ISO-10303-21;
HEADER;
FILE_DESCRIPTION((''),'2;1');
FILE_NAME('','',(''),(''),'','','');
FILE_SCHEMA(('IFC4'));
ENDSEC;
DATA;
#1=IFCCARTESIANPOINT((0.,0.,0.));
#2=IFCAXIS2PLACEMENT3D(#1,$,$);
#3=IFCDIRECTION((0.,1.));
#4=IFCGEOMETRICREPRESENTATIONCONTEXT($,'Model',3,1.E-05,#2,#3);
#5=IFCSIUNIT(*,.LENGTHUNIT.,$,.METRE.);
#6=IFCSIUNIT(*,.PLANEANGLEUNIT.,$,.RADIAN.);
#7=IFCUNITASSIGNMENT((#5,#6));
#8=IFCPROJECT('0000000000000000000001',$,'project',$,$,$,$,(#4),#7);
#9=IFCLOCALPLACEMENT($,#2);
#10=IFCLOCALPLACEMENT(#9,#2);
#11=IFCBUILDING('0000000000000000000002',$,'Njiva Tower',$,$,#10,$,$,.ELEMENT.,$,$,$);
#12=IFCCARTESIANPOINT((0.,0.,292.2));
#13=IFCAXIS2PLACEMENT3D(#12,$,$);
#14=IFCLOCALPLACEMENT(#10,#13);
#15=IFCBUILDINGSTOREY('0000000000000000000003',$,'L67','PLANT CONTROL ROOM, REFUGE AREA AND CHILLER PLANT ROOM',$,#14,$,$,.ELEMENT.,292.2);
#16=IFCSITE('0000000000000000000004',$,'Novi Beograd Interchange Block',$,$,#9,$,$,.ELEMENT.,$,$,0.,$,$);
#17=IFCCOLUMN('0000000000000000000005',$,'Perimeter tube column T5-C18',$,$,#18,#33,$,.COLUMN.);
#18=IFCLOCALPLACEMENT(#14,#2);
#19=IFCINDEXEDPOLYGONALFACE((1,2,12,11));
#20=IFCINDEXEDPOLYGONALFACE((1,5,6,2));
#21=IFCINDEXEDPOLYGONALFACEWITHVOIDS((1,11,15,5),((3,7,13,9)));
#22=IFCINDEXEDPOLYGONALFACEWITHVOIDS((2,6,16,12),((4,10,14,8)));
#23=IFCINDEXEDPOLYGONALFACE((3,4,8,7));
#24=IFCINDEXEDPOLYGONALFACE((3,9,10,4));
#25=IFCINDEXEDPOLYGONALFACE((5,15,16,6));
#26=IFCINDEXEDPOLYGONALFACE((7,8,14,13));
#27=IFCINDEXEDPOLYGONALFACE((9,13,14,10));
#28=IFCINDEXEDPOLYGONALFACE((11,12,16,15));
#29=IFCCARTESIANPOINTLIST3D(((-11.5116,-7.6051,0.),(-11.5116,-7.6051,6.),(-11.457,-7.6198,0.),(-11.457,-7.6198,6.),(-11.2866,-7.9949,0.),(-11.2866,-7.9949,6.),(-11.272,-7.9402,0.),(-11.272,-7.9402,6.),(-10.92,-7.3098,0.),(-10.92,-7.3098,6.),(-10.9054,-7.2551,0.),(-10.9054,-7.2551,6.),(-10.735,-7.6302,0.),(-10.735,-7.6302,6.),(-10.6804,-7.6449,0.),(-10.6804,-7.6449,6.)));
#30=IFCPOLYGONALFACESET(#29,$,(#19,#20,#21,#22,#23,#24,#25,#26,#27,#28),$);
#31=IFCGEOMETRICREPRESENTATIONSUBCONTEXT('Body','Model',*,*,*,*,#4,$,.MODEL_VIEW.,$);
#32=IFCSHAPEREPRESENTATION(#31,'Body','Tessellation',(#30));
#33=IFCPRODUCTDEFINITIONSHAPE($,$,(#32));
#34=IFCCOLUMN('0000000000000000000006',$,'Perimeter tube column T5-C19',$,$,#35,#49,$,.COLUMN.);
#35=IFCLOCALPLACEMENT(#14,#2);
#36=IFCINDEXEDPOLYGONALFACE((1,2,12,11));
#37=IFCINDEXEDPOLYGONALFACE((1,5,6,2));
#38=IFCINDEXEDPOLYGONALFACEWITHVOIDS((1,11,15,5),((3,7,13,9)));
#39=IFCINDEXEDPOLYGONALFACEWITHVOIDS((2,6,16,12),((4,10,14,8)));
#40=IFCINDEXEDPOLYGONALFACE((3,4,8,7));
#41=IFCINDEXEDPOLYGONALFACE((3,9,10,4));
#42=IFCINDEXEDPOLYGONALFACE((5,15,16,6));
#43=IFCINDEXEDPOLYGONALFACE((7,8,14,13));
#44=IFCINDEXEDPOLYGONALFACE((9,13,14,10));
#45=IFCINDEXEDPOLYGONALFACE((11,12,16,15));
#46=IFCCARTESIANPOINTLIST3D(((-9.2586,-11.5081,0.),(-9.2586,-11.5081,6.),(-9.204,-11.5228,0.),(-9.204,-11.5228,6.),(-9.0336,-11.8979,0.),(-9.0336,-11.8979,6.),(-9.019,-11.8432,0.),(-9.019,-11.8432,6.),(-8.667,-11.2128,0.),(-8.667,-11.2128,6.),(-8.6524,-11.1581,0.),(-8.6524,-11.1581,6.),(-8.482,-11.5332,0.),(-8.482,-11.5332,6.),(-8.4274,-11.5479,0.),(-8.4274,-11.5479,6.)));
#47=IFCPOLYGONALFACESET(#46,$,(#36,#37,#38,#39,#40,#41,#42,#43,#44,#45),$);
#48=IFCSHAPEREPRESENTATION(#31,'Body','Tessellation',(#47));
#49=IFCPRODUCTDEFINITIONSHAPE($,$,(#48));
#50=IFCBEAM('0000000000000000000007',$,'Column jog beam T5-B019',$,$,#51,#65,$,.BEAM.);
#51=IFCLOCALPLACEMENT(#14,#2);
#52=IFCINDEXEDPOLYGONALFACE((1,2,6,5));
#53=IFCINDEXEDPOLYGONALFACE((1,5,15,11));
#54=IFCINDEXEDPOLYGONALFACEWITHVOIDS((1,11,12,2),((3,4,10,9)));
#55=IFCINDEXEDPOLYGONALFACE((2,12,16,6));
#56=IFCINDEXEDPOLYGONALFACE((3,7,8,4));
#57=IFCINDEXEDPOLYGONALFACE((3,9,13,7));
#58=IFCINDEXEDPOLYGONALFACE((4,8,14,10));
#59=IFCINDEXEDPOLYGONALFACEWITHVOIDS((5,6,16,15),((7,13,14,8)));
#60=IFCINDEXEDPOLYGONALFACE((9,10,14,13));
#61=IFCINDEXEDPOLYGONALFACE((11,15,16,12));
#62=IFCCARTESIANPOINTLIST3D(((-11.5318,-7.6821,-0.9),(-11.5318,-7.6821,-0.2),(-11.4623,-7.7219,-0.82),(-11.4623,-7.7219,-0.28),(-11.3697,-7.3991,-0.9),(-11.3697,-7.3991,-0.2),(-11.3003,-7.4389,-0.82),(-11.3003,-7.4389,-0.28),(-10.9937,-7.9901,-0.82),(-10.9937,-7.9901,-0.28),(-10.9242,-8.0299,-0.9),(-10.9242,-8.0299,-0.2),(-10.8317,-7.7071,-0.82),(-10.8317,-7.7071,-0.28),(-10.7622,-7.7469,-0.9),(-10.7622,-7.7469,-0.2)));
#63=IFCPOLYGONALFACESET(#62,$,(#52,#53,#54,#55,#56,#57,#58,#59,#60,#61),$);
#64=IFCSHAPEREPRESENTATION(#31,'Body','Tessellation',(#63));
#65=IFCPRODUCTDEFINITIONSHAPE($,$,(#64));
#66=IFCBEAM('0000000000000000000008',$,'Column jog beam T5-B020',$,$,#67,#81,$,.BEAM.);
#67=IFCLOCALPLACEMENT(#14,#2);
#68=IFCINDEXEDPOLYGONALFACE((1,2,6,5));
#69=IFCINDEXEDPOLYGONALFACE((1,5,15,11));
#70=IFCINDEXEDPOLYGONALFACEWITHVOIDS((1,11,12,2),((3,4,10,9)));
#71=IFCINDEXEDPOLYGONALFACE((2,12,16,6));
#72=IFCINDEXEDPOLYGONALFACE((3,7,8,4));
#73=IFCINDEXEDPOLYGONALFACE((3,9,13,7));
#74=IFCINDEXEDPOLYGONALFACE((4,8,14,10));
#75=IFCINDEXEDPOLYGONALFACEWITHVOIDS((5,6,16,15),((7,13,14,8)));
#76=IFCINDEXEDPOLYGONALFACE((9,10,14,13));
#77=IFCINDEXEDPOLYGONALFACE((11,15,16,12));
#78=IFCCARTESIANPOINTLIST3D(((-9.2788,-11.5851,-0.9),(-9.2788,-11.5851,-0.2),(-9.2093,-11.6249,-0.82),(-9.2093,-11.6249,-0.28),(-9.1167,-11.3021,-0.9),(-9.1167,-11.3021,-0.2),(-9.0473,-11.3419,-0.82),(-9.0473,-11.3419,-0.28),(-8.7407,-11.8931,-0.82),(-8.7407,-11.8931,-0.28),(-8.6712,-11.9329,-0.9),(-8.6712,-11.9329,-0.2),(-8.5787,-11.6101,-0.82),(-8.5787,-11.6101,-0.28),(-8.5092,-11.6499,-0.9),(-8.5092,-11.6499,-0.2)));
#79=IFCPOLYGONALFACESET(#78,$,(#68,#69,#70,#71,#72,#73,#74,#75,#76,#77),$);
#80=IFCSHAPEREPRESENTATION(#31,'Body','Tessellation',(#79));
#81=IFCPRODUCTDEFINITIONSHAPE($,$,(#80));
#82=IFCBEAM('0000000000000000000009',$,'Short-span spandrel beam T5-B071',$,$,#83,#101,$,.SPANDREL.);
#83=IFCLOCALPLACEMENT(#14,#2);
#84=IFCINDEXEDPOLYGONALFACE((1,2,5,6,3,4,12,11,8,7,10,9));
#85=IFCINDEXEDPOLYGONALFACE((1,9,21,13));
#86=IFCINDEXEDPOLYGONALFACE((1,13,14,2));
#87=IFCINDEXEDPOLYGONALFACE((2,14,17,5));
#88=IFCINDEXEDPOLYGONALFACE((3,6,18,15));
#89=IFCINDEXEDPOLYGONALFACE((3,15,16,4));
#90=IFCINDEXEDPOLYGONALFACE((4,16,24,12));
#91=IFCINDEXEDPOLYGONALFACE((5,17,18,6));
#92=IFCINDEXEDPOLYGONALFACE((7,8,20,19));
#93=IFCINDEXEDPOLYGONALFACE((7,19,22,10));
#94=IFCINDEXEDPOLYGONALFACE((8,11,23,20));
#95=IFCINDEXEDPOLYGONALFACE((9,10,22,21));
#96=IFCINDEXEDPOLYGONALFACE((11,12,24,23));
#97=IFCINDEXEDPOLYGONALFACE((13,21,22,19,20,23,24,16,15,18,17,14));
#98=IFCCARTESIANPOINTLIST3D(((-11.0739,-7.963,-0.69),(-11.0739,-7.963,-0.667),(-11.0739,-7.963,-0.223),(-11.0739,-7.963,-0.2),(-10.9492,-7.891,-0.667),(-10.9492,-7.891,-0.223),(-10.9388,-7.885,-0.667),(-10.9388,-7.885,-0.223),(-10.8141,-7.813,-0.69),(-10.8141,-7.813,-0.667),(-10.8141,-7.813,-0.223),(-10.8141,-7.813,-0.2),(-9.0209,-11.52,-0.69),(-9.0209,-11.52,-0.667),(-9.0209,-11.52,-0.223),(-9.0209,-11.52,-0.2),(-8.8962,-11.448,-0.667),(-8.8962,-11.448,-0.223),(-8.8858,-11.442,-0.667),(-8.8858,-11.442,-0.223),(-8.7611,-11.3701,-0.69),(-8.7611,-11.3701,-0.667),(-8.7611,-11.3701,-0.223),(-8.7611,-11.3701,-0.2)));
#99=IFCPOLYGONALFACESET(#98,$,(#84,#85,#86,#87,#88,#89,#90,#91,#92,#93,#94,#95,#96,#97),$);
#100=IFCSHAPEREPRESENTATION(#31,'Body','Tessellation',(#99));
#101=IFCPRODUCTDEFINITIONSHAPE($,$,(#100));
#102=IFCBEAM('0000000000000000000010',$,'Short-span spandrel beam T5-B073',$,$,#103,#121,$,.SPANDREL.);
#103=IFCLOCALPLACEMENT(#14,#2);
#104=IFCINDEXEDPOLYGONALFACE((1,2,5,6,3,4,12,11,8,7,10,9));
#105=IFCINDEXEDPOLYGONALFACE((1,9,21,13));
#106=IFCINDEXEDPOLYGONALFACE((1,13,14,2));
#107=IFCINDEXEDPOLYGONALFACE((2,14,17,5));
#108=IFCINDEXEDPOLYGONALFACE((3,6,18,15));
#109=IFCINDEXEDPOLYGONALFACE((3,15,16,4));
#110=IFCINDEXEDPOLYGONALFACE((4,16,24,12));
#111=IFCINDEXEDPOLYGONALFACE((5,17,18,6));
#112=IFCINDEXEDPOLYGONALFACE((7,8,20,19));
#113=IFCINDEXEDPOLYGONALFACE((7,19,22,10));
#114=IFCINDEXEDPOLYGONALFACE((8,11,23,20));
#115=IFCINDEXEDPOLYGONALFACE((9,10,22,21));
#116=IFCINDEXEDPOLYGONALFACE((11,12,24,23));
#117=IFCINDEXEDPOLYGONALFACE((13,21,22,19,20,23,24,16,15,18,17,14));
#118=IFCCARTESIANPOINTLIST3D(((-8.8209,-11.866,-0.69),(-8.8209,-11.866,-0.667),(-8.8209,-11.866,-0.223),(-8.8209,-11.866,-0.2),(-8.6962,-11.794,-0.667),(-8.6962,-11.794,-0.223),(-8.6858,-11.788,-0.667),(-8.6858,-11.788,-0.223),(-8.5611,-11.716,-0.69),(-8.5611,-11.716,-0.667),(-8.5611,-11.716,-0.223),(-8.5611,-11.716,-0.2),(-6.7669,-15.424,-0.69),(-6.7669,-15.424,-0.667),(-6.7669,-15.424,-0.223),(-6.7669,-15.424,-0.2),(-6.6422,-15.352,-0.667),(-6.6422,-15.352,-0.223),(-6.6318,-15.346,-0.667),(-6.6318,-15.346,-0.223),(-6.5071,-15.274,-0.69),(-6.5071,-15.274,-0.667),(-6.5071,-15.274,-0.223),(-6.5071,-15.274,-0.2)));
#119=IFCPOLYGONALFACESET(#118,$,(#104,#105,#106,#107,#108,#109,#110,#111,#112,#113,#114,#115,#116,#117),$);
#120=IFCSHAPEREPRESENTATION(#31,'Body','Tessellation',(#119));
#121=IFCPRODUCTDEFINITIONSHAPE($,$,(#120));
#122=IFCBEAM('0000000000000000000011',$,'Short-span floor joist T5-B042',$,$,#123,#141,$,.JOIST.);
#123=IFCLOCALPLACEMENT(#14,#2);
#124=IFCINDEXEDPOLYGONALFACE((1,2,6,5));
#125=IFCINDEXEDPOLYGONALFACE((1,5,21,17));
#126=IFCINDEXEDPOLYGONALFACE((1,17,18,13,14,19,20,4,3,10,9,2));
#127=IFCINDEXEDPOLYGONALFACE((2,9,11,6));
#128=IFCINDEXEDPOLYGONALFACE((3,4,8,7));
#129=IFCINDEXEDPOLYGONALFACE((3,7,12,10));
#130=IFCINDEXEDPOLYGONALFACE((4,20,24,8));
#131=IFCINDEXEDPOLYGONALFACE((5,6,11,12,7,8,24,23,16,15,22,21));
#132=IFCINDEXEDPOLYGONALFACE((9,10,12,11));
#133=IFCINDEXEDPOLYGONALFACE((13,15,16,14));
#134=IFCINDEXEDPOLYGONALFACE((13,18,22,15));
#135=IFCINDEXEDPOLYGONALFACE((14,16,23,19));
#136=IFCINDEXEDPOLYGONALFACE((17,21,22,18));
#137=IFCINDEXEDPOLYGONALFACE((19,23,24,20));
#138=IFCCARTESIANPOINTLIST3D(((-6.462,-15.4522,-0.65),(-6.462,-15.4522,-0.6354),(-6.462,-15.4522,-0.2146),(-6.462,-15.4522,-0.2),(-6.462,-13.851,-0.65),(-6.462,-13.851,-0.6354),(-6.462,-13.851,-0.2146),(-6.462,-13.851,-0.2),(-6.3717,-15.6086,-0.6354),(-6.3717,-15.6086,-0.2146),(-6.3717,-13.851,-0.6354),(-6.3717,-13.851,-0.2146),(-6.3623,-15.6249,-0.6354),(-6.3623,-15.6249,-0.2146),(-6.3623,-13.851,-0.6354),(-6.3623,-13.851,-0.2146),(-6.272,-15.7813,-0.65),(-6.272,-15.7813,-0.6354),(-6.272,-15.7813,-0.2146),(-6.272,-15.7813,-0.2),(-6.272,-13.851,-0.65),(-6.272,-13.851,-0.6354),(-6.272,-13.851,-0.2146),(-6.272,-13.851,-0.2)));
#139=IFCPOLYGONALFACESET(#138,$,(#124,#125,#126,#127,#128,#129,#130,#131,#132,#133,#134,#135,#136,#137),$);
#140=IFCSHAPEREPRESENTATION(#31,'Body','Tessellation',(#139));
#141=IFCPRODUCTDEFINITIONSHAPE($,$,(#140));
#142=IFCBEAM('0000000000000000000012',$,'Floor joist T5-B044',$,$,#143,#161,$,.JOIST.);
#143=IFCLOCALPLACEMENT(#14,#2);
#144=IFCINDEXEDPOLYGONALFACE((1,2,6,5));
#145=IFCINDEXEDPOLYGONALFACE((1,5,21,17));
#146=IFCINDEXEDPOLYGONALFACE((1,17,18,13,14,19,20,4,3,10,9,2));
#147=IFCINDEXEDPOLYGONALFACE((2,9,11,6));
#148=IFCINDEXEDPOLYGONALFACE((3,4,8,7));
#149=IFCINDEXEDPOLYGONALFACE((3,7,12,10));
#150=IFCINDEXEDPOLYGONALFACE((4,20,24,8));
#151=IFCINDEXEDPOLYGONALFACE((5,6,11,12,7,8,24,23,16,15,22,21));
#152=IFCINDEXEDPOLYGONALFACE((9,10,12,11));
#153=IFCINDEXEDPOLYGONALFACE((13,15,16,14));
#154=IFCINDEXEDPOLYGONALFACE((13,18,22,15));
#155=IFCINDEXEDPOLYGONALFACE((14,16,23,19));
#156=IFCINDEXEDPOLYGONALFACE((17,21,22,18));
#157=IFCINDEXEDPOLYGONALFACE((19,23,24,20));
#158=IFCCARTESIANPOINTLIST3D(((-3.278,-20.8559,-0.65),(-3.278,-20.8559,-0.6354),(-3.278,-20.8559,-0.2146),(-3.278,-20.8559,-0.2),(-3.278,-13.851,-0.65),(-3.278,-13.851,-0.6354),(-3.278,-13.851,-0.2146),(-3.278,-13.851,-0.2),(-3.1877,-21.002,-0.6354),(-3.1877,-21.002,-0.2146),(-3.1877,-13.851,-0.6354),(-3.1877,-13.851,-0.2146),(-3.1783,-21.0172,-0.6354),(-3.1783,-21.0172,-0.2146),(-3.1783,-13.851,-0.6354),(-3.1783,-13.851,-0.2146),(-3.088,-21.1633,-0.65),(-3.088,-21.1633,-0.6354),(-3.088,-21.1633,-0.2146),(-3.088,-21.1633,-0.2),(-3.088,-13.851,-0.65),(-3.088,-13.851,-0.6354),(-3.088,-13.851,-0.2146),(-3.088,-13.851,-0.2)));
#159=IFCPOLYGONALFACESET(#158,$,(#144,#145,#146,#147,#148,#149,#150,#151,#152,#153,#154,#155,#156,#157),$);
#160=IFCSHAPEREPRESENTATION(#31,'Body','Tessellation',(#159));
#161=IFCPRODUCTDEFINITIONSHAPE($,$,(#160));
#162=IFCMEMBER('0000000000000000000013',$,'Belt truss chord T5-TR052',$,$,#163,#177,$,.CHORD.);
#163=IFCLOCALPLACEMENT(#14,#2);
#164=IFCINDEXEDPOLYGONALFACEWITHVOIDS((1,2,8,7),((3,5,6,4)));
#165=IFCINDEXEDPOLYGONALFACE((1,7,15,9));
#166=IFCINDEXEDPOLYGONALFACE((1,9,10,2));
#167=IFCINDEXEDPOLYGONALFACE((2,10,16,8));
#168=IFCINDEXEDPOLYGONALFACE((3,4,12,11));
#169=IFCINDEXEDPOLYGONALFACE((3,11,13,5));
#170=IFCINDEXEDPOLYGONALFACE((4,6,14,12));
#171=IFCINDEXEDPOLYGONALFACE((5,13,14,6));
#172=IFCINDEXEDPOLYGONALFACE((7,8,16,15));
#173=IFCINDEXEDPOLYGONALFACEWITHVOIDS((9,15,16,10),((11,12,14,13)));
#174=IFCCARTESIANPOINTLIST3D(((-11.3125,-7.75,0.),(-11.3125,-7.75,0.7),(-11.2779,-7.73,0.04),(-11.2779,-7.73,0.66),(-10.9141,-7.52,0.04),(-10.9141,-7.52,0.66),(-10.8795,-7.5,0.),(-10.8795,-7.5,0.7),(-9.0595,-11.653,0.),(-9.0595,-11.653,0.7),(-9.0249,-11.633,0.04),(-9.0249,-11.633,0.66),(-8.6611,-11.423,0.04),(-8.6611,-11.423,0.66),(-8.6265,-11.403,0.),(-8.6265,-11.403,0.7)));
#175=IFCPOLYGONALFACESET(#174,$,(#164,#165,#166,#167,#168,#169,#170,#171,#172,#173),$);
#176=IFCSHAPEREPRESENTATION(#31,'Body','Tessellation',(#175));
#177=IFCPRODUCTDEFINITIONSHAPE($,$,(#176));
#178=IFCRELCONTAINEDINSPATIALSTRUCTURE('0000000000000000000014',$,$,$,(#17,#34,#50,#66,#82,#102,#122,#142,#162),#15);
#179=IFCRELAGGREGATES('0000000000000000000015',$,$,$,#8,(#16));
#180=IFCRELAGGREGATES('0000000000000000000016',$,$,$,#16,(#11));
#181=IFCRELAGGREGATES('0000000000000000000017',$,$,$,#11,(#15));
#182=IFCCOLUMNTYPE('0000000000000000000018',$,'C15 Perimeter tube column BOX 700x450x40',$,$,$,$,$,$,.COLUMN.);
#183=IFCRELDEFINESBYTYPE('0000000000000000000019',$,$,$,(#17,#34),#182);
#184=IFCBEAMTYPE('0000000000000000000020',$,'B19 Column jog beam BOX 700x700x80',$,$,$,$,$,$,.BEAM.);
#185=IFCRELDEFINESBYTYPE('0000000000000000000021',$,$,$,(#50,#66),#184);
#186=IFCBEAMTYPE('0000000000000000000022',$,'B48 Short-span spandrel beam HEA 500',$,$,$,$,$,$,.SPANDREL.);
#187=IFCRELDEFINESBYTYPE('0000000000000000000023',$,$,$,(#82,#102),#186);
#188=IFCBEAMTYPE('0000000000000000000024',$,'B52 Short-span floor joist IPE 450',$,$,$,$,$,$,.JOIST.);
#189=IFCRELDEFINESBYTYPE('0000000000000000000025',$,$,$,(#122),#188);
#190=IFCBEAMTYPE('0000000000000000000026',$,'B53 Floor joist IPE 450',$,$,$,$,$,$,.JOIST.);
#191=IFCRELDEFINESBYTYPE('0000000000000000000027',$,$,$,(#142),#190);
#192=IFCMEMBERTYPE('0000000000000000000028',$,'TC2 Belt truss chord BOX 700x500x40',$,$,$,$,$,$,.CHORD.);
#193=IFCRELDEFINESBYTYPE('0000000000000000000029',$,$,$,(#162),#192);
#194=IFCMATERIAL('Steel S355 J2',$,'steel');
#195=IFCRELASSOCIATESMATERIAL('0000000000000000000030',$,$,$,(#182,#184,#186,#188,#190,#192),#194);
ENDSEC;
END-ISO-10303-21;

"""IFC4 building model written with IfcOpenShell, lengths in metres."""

from ifc_helpers import new_model, si_unit, direction, frame, origin, origin_2d, place, context, subcontext, project, spatial, hollow_rectangle, i_section, extrude, clip, halfspace, material, material_profile, profile_set, type_object, element, save


model = new_model("IFC4")

# Units and contexts
model_context = context("Model", 3, precision=1e-05, world=origin(), true_north=direction((0.0, 1.0)))
body_context = subcontext(model_context, "Body", "Model", "MODEL_VIEW")
ifc_project = project(units=[si_unit("LENGTHUNIT", "METRE"), si_unit("PLANEANGLEUNIT", "RADIAN")], contexts=[model_context])

# Site, building, storey
site_placement = place(None, origin())
site = spatial("IfcSite", under=ifc_project, at=site_placement, Name="Novi Beograd Interchange Block", CompositionType="ELEMENT", RefElevation=0.0)
building_placement = place(site_placement, origin())
building = spatial("IfcBuilding", under=site, at=building_placement, Name="Njiva Tower", CompositionType="ELEMENT")
storey_placement = place(building_placement, frame((0.0, 0.0, 292.2)))
storey = spatial("IfcBuildingStorey", under=building, at=storey_placement, Name="L67", Description="PLANT CONTROL ROOM, REFUGE AREA AND CHILLER PLANT ROOM", CompositionType="ELEMENT", Elevation=292.2)

# Columns
ifc_material_1 = material(Name="Steel S355 J2", Category="steel")
ifc_material_profile_1 = material_profile(ifc_material_1, hollow_rectangle(XDim=0.45, YDim=0.7, WallThickness=0.04, at=origin_2d()), Name="BOX 700x450x40")
ifc_profile_set_1 = profile_set([ifc_material_profile_1], Name="Steel S355 J2")
column_type = type_object("IfcColumnType", Name="C15 Perimeter tube column BOX 700x450x40", PredefinedType="COLUMN", material=ifc_profile_set_1)
for number, where, z_axis, x_axis, name in (
    (1, (-11.096, -7.625, 0.0), (0.0, 0.0, 1.0), (0.5, -0.866025, 0.0), "Perimeter tube column T5-C18"),
    (2, (-8.843, -11.528, 0.0), (0.0, 0.0, 1.0), (0.5, -0.866025, 0.0), "Perimeter tube column T5-C19"),
):
    element("IfcColumn", number, at=place(storey_placement, frame(where, z_axis=z_axis, x_axis=x_axis)), inside=storey, type_object=column_type, Name=name, PredefinedType="COLUMN", context=body_context, shape_type="SweptSolid", body=[
        extrude(hollow_rectangle(XDim=0.45, YDim=0.7, WallThickness=0.04, at=origin_2d()), origin(), (0.0, 0.0, 1.0), 6.0),
    ])

# Beams
ifc_material_profile_2 = material_profile(ifc_material_1, hollow_rectangle(XDim=0.7, YDim=0.7, WallThickness=0.08, at=origin_2d()), Name="BOX 700x700x80")
ifc_profile_set_2 = profile_set([ifc_material_profile_2], Name="Steel S355 J2")
beam_type_1 = type_object("IfcBeamType", Name="B19 Column jog beam BOX 700x700x80", PredefinedType="BEAM", material=ifc_profile_set_2)
for number, where, z_axis, x_axis, name in (
    (3, (-11.228, -7.856, -0.55), (0.496799, 0.867865, 0.0), (-0.867865, 0.496799, 0.0), "Column jog beam T5-B019"),
    (4, (-8.975, -11.759, -0.55), (0.496799, 0.867865, 0.0), (-0.867865, 0.496799, 0.0), "Column jog beam T5-B020"),
):
    element("IfcBeam", number, at=place(storey_placement, frame(where, z_axis=z_axis, x_axis=x_axis)), inside=storey, type_object=beam_type_1, Name=name, PredefinedType="BEAM", context=body_context, shape_type="SweptSolid", body=[
        extrude(hollow_rectangle(XDim=0.7, YDim=0.7, WallThickness=0.08, at=origin_2d()), origin(), (0.0, 0.0, 1.0), 0.3261),
    ])
ifc_material_profile_3 = material_profile(ifc_material_1, i_section(OverallWidth=0.3, OverallDepth=0.49, WebThickness=0.012, FlangeThickness=0.023, at=origin_2d()), Name="HEA 500")
ifc_profile_set_3 = profile_set([ifc_material_profile_3], Name="Steel S355 J2")
beam_type_2 = type_object("IfcBeamType", Name="B48 Short-span spandrel beam HEA 500", PredefinedType="SPANDREL", material=ifc_profile_set_3)
beam_1_placement = place(storey_placement, frame((-10.944, -7.888, -0.445), z_axis=(0.499884, -0.866092, 0.0), x_axis=(0.866092, 0.499884, 0.0)))
element("IfcBeam", 5, at=beam_1_placement, inside=storey, type_object=beam_type_2, Name="Short-span spandrel beam T5-B071", PredefinedType="SPANDREL", context=body_context, shape_type="SweptSolid", body=[
    extrude(i_section(OverallWidth=0.3, OverallDepth=0.49, WebThickness=0.012, FlangeThickness=0.023, at=origin_2d()), origin(), (0.0, 0.0, 1.0), 4.107),
])
beam_2_placement = place(storey_placement, frame((-8.691, -11.791, -0.445), z_axis=(0.499961, -0.866048, 0.0), x_axis=(0.866048, 0.499961, 0.0)))
element("IfcBeam", 6, at=beam_2_placement, inside=storey, type_object=beam_type_2, Name="Short-span spandrel beam T5-B073", PredefinedType="SPANDREL", context=body_context, shape_type="SweptSolid", body=[
    extrude(i_section(OverallWidth=0.3, OverallDepth=0.49, WebThickness=0.012, FlangeThickness=0.023, at=origin_2d()), origin(), (0.0, 0.0, 1.0), 4.1083),
])
ifc_material_profile_4 = material_profile(ifc_material_1, i_section(OverallWidth=0.19, OverallDepth=0.45, WebThickness=0.0094, FlangeThickness=0.0146, at=origin_2d()), Name="IPE 450")
ifc_profile_set_4 = profile_set([ifc_material_profile_4], Name="Steel S355 J2")
beam_type_3 = type_object("IfcBeamType", Name="B52 Short-span floor joist IPE 450", PredefinedType="JOIST", material=ifc_profile_set_4)
beam_3_placement = place(storey_placement, frame((-6.367, -13.851, -0.425), z_axis=(0.0, -1.0, 0.0), x_axis=(1.0, 0.0, 0.0)))
element("IfcBeam", 7, at=beam_3_placement, inside=storey, type_object=beam_type_3, Name="Short-span floor joist T5-B042", PredefinedType="JOIST", context=body_context, shape_type="Clipping", body=[
    clip(extrude(i_section(OverallWidth=0.19, OverallDepth=0.45, WebThickness=0.0094, FlangeThickness=0.0146, at=origin_2d()), origin(), (0.0, 0.0, 1.0), 1.951), halfspace(frame((-0.043, 0.0, 1.6913), z_axis=(-0.866027, 0.0, 0.499998), x_axis=(0.0, 1.0, 0.0)), False)),
])
ifc_material_profile_5 = material_profile(ifc_material_1, i_section(OverallWidth=0.19, OverallDepth=0.45, WebThickness=0.0094, FlangeThickness=0.0146, at=origin_2d()), Name="IPE 450")
ifc_profile_set_5 = profile_set([ifc_material_profile_5], Name="Steel S355 J2")
beam_type_4 = type_object("IfcBeamType", Name="B53 Floor joist IPE 450", PredefinedType="JOIST", material=ifc_profile_set_5)
beam_4_placement = place(storey_placement, frame((-3.183, -13.851, -0.425), z_axis=(0.0, -1.0, 0.0), x_axis=(1.0, 0.0, 0.0)))
element("IfcBeam", 8, at=beam_4_placement, inside=storey, type_object=beam_type_4, Name="Floor joist T5-B044", PredefinedType="JOIST", context=body_context, shape_type="Clipping", body=[
    clip(extrude(i_section(OverallWidth=0.19, OverallDepth=0.45, WebThickness=0.0094, FlangeThickness=0.0146, at=origin_2d()), origin(), (0.0, 0.0, 1.0), 7.332), halfspace(frame((-0.0429, 0.0, 7.0892), z_axis=(-0.850616, 0.0, 0.525788), x_axis=(0.0, 1.0, 0.0)), False)),
])

# Member
ifc_material_profile_6 = material_profile(ifc_material_1, hollow_rectangle(XDim=0.5, YDim=0.7, WallThickness=0.04, at=origin_2d()), Name="BOX 700x500x40")
ifc_profile_set_6 = profile_set([ifc_material_profile_6], Name="Steel S355 J2")
member_type_1 = type_object("IfcMemberType", Name="TC2 Belt truss chord BOX 700x500x40", PredefinedType="CHORD", material=ifc_profile_set_6)
for number, where, z_axis, x_axis, name in (
    (9, (-11.096, -7.625, 0.35), (0.499934, -0.866064, 0.0), (0.866064, 0.499934, 0.0), "Belt truss chord T5-TR052"),
):
    element("IfcMember", number, at=place(storey_placement, frame(where, z_axis=z_axis, x_axis=x_axis)), inside=storey, type_object=member_type_1, Name=name, PredefinedType="CHORD", context=body_context, shape_type="SweptSolid", body=[
        extrude(hollow_rectangle(XDim=0.5, YDim=0.7, WallThickness=0.04, at=origin_2d()), origin(), (0.0, 0.0, 1.0), 4.5066),
    ])

save(model, "model.ifc")
